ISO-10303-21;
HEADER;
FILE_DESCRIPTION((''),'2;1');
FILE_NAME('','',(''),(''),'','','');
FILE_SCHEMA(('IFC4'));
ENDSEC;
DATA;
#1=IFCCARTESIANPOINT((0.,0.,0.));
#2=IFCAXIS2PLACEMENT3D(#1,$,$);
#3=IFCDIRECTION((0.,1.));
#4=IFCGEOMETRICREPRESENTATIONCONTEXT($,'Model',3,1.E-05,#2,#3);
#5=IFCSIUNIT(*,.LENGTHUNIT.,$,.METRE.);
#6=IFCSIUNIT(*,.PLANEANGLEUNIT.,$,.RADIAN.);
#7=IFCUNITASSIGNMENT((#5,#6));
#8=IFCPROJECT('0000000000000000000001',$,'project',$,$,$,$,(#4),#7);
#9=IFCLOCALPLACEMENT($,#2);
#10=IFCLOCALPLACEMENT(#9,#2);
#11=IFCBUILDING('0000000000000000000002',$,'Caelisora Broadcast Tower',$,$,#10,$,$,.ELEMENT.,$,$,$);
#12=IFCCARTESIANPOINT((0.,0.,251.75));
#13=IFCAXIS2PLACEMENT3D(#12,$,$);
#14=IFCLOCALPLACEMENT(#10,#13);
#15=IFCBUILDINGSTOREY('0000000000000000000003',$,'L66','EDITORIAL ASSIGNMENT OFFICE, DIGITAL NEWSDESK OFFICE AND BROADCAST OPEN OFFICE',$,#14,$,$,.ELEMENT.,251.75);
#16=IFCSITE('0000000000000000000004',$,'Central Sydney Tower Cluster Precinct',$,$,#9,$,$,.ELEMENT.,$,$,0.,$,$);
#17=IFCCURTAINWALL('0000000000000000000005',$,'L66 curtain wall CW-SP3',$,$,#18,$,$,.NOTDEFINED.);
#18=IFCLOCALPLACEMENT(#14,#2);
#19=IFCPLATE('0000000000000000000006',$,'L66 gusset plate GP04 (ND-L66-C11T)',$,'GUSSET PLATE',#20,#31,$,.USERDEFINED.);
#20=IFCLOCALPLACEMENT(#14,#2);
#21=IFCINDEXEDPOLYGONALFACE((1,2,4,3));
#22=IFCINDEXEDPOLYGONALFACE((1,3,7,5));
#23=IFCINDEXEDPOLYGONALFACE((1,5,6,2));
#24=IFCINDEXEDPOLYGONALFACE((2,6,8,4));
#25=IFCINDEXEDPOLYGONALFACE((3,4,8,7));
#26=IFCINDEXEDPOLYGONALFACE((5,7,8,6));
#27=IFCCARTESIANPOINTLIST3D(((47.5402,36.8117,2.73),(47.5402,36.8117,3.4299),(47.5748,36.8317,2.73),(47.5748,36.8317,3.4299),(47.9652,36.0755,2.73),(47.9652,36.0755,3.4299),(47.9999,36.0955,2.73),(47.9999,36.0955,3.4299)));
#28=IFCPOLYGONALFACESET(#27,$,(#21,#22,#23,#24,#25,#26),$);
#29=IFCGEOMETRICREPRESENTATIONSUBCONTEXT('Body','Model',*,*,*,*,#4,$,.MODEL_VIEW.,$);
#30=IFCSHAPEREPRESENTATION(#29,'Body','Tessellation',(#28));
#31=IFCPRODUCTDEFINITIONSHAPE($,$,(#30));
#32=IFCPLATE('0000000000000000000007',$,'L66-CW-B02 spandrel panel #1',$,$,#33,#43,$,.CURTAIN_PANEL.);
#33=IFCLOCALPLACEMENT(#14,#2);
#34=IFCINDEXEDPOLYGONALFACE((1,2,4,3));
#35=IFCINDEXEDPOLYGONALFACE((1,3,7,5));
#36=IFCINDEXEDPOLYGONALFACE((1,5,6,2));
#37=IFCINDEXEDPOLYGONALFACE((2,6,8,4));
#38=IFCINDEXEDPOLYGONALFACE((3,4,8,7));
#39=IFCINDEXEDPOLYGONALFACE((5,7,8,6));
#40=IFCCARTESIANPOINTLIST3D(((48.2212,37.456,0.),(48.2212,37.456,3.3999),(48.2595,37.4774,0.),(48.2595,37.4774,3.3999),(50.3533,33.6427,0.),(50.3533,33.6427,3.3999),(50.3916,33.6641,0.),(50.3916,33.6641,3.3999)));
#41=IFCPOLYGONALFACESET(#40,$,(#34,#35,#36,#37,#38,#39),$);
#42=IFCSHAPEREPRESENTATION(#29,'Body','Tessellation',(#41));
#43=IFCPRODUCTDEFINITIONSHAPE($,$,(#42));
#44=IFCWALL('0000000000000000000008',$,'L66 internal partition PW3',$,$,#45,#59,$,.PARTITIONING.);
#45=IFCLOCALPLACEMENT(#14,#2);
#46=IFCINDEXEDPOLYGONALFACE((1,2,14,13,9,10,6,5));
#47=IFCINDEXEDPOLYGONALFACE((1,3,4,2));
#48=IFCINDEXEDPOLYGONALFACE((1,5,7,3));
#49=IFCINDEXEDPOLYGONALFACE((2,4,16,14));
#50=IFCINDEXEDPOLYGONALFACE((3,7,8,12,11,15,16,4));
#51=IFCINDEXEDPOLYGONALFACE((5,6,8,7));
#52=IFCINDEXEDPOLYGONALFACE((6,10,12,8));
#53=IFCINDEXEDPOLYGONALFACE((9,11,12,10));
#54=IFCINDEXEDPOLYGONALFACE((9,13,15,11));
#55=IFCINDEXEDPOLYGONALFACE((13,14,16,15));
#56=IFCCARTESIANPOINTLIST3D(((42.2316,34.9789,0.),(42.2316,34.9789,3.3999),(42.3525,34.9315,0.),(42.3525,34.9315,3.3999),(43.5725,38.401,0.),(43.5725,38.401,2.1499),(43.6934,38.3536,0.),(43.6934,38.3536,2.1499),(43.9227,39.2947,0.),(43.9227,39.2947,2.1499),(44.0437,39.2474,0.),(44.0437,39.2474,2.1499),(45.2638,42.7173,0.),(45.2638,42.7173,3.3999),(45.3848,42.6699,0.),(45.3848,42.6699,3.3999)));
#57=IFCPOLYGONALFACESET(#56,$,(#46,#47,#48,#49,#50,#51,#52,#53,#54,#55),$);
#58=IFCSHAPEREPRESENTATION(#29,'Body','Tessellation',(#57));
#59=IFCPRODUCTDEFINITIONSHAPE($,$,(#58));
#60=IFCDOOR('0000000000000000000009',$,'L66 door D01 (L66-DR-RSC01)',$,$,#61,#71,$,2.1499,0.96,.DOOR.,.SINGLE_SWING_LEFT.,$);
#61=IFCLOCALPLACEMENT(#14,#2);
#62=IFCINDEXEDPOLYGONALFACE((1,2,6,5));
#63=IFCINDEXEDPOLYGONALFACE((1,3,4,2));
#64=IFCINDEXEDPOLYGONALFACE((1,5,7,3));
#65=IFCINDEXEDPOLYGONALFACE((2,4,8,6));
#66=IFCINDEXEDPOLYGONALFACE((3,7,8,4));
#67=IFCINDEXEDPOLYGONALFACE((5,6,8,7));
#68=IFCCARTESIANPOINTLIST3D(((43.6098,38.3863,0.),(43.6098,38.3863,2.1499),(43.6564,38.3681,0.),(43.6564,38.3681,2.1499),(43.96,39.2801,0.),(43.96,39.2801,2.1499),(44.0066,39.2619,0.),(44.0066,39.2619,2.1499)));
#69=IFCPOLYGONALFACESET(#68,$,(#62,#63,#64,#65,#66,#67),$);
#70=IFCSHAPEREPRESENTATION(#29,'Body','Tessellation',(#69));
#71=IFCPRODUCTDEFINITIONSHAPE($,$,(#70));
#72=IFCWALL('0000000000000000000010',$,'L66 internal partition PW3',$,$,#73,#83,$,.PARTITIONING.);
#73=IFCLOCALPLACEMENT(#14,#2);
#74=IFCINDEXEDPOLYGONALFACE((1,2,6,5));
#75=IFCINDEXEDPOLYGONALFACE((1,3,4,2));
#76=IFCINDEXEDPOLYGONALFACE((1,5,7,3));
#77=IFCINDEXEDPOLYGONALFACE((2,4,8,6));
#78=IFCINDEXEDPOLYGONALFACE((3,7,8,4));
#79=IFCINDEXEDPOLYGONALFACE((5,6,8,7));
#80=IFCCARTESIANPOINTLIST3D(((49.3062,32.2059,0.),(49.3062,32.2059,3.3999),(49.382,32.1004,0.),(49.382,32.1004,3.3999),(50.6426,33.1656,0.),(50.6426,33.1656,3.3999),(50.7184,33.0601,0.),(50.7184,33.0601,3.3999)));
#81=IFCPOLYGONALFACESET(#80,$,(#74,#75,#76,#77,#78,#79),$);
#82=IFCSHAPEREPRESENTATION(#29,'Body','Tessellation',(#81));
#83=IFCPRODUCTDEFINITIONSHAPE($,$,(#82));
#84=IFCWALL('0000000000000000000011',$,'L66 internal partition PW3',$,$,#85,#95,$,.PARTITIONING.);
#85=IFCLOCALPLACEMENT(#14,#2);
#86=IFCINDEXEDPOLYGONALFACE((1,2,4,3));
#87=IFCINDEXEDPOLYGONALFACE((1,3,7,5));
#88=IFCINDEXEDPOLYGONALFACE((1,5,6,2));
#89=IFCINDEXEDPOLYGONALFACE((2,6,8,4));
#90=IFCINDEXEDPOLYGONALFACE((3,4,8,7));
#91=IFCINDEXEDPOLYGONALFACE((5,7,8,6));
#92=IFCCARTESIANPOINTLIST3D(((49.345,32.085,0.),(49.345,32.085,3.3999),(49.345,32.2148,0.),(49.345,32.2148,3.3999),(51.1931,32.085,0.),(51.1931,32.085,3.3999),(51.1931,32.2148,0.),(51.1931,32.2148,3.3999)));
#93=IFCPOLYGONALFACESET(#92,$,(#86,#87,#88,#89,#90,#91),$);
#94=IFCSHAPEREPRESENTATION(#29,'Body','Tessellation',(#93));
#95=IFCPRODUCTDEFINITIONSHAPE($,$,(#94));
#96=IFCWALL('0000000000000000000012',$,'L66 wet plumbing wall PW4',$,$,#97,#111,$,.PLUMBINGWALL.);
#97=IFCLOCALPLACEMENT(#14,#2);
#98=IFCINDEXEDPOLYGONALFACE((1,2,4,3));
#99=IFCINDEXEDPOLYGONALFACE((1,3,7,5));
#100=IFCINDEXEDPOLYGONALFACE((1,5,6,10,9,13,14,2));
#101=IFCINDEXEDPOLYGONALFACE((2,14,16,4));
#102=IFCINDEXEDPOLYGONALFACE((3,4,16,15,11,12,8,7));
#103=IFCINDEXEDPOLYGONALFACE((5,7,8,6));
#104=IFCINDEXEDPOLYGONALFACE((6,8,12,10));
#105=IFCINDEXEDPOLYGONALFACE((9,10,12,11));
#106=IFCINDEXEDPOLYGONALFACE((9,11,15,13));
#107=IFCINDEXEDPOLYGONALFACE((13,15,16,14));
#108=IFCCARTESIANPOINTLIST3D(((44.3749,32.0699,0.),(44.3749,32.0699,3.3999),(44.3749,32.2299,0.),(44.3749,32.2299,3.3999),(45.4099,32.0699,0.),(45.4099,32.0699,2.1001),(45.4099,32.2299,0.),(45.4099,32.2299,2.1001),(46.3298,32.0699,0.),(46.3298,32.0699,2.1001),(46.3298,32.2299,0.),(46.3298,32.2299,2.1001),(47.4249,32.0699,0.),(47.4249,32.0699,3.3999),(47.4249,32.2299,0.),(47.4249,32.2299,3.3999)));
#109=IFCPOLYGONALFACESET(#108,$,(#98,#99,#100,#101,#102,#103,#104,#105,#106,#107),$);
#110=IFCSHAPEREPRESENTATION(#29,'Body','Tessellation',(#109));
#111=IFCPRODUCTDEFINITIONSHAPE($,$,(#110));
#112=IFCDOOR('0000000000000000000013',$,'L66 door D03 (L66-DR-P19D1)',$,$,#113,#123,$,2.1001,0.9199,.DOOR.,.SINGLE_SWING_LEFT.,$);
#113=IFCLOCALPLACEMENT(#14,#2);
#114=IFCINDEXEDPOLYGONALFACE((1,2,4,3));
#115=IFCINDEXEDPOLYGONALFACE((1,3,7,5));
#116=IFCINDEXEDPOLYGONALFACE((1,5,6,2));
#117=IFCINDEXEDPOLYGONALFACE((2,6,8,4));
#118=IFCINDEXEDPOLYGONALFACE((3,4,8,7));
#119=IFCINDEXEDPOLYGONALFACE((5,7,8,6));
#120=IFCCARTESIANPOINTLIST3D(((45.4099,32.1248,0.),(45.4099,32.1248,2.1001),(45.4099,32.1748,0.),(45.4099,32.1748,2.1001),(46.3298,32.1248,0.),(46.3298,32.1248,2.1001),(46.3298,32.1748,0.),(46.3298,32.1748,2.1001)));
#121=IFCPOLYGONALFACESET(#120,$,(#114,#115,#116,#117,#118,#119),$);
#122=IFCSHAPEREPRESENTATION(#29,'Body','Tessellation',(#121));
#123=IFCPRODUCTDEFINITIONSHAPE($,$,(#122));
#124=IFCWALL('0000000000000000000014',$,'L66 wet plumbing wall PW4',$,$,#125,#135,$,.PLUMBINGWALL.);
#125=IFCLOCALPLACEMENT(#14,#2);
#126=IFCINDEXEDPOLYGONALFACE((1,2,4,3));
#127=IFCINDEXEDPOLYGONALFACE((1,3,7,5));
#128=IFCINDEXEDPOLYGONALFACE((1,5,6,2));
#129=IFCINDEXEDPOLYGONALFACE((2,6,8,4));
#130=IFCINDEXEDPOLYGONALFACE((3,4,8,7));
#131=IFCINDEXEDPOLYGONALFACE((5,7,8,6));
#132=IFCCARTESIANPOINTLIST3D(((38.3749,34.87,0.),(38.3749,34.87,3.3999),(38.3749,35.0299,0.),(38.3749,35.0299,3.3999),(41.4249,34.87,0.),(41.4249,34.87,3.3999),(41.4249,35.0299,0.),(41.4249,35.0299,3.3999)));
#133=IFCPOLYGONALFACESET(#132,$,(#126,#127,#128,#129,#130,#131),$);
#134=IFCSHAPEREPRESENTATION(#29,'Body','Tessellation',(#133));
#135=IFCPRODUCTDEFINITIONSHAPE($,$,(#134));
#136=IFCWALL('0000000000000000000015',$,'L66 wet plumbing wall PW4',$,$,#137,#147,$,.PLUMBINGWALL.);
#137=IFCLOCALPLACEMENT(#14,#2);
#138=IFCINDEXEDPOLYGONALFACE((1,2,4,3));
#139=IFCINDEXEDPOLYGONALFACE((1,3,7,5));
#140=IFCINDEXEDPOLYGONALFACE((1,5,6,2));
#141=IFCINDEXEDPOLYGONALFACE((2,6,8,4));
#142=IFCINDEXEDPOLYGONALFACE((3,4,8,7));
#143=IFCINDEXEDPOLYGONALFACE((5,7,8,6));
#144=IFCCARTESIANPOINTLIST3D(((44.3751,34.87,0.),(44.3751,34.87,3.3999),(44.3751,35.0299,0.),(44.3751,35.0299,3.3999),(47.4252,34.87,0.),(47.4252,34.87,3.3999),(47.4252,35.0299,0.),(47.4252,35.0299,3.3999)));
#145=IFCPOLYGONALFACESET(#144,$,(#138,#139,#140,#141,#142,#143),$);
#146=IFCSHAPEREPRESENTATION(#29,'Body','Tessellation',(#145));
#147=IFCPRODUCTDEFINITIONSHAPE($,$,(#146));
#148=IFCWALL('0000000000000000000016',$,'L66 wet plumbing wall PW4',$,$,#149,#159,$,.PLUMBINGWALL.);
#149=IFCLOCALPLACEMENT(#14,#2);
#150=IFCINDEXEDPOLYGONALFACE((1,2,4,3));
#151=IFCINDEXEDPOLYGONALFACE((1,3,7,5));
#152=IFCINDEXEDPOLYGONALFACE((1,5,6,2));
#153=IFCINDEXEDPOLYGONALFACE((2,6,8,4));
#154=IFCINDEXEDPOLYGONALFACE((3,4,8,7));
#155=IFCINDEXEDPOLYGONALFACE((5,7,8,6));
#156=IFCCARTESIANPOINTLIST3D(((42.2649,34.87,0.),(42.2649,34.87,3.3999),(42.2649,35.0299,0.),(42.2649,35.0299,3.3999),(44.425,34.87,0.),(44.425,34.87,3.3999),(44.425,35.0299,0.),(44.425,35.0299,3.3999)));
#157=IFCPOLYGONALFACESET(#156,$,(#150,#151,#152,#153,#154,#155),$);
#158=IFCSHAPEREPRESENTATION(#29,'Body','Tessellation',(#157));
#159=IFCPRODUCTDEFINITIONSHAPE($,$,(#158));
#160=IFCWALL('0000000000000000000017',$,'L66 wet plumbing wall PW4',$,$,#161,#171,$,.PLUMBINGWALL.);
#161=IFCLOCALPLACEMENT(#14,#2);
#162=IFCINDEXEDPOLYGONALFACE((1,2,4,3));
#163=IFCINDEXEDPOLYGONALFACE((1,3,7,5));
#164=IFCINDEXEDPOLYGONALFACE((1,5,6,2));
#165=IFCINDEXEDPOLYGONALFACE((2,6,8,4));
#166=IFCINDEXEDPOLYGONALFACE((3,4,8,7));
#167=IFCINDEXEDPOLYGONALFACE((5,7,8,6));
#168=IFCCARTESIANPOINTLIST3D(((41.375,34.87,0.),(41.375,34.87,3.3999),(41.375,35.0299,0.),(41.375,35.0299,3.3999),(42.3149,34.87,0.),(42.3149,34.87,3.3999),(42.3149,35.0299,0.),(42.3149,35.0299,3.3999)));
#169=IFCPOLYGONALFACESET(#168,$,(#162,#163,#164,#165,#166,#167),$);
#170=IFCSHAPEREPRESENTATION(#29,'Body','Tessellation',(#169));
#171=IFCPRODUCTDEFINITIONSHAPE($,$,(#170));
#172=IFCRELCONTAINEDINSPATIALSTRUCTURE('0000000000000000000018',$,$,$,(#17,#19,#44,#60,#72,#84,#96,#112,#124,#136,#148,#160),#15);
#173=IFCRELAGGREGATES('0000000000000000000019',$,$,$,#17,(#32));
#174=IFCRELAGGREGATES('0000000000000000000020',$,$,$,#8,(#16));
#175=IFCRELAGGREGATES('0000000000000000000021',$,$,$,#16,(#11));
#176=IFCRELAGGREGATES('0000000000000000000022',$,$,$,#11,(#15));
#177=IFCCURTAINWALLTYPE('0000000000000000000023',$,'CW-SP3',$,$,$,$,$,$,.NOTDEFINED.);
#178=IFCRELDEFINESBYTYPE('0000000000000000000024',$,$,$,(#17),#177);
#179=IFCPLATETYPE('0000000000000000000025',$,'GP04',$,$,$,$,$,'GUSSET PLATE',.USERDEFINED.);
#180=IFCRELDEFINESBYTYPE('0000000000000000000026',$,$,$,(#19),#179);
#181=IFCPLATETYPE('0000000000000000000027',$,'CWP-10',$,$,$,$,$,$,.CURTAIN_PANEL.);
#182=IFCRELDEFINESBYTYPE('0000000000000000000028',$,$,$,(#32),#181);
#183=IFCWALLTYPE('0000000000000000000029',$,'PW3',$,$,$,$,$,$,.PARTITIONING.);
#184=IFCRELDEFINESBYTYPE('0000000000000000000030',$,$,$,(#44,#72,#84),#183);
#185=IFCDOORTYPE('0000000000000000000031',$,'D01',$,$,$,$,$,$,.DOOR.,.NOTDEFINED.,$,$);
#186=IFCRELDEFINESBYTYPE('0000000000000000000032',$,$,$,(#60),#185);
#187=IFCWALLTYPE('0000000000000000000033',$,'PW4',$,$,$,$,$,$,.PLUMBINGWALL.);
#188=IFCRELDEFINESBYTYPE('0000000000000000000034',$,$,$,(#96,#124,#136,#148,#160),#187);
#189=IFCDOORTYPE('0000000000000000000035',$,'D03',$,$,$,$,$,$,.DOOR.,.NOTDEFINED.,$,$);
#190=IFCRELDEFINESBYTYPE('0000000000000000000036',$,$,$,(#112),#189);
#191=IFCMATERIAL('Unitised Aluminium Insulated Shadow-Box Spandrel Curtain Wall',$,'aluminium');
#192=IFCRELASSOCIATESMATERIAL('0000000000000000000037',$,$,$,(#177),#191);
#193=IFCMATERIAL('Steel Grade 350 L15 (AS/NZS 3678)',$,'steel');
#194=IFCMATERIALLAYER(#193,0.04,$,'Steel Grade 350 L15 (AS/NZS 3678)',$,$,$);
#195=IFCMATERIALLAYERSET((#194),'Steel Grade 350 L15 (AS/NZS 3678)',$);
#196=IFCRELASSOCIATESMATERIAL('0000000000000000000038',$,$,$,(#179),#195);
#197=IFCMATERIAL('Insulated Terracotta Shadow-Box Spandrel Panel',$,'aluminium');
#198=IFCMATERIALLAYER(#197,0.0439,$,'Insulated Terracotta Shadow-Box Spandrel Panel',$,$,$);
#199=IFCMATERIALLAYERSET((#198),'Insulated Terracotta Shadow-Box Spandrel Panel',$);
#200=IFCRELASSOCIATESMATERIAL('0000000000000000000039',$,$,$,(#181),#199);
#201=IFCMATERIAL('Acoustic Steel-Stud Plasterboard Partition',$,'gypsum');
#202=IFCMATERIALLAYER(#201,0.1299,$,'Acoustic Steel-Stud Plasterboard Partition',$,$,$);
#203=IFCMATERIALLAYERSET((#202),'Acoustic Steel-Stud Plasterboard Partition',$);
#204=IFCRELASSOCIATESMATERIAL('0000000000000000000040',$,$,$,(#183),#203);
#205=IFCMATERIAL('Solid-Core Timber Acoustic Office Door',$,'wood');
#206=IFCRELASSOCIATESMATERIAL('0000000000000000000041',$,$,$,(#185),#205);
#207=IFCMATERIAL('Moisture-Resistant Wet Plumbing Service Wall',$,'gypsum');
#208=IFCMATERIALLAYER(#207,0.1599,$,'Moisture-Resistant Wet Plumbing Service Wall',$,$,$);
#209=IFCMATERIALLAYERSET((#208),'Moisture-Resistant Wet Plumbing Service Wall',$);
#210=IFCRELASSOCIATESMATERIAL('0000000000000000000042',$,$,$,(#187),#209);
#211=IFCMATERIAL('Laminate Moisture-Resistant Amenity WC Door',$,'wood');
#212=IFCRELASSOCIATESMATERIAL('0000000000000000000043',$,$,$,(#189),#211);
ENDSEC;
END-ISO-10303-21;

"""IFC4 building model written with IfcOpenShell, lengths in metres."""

from ifc_helpers import new_model, si_unit, direction, frame, frame_2d, origin, origin_2d, place, context, subcontext, project, spatial, rectangle, extrude, source, transform, mapped, material, layer, layer_set, type_object, type_shapes, element, fill, aggregate, save


model = new_model("IFC4")

# Units and contexts
model_context = context("Model", 3, precision=1e-05, world=origin(), true_north=direction((0.0, 1.0)))
body_context = subcontext(model_context, "Body", "Model", "MODEL_VIEW")
ifc_project = project(units=[si_unit("LENGTHUNIT", "METRE"), si_unit("PLANEANGLEUNIT", "RADIAN")], contexts=[model_context])

# Site, building, storey
site_placement = place(None, origin())
site = spatial("IfcSite", under=ifc_project, at=site_placement, Name="Central Sydney Tower Cluster Precinct", CompositionType="ELEMENT", RefElevation=0.0)
building_placement = place(site_placement, origin())
building = spatial("IfcBuilding", under=site, at=building_placement, Name="Caelisora Broadcast Tower", CompositionType="ELEMENT")
storey_placement = place(building_placement, frame((0.0, 0.0, 251.75)))
storey = spatial("IfcBuildingStorey", under=building, at=storey_placement, Name="L66", Description="EDITORIAL ASSIGNMENT OFFICE, DIGITAL NEWSDESK OFFICE AND BROADCAST OPEN OFFICE", CompositionType="ELEMENT", Elevation=251.75)

# Shared definitions
ifc_material_1 = material(Name="Steel Grade 350 L15 (AS/NZS 3678)", Category="steel")

# Curtain wall
ifc_material_2 = material(Name="Unitised Aluminium Insulated Shadow-Box Spandrel Curtain Wall", Category="aluminium")
curtain_wall_type = type_object("IfcCurtainWallType", Name="CW-SP3", PredefinedType="NOTDEFINED", material=ifc_material_2)
curtain_wall_placement = place(storey_placement, origin())
curtain_wall = element("IfcCurtainWall", 1, at=curtain_wall_placement, inside=storey, type_object=curtain_wall_type, Name="L66 curtain wall CW-SP3", PredefinedType="NOTDEFINED")

# Plates
ifc_layer_1 = layer(ifc_material_1, 0.04, Name="Steel Grade 350 L15 (AS/NZS 3678)")
ifc_layer_set_1 = layer_set([ifc_layer_1], Name="Steel Grade 350 L15 (AS/NZS 3678)")
plate_type_1 = type_object("IfcPlateType", Name="GP04", ElementType="GUSSET PLATE", PredefinedType="USERDEFINED", material=ifc_layer_set_1)
shared_shape_1 = source(origin(), body_context, "Body", "SweptSolid", [
    extrude(rectangle(XDim=0.8501, YDim=0.04, at=origin_2d()), origin(), (0.0, 0.0, 1.0), 0.7),
])
type_shapes(plate_type_1, [shared_shape_1])
plate_1_placement = place(storey_placement, frame((47.77, 36.4536, 2.73), z_axis=(0.0, 0.0, 1.0), x_axis=(-0.5, 0.866025, 0.0)))
element("IfcPlate", 2, at=plate_1_placement, inside=storey, type_object=plate_type_1, Name="L66 gusset plate GP04 (ND-L66-C11T)", ObjectType="GUSSET PLATE", PredefinedType="USERDEFINED", context=body_context, shape_type="MappedRepresentation", body=[
    mapped(shared_shape_1, transform((0.0, 0.0, 0.0), scale=1.0)),
])
ifc_material_3 = material(Name="Insulated Terracotta Shadow-Box Spandrel Panel", Category="aluminium")
ifc_layer_2 = layer(ifc_material_3, 0.0439, Name="Insulated Terracotta Shadow-Box Spandrel Panel")
ifc_layer_set_2 = layer_set([ifc_layer_2], Name="Insulated Terracotta Shadow-Box Spandrel Panel")
plate_type_2 = type_object("IfcPlateType", Name="CWP-10", PredefinedType="CURTAIN_PANEL", material=ifc_layer_set_2)
shared_shape_2 = source(origin(), body_context, "Body", "SweptSolid", [
    extrude(rectangle(XDim=4.3689, YDim=0.0439, at=origin_2d()), origin(), (0.0, 0.0, 1.0), 3.3999),
])
type_shapes(plate_type_2, [shared_shape_2])
plate_2_placement = place(storey_placement, frame((49.3064, 35.5601, 0.0), z_axis=(0.0, 0.0, 1.0), x_axis=(0.488012, -0.872837, 0.0)))
plate_2 = element("IfcPlate", 3, at=plate_2_placement, type_object=plate_type_2, Name="L66-CW-B02 spandrel panel #1", PredefinedType="CURTAIN_PANEL", context=body_context, shape_type="MappedRepresentation", body=[
    mapped(shared_shape_2, transform((0.0, 0.0, 0.0), scale=1.0)),
])
aggregate(curtain_wall, [plate_2])

# Wall, opening, door
ifc_material_4 = material(Name="Acoustic Steel-Stud Plasterboard Partition", Category="gypsum")
ifc_layer_3 = layer(ifc_material_4, 0.1299, Name="Acoustic Steel-Stud Plasterboard Partition")
ifc_layer_set_3 = layer_set([ifc_layer_3], Name="Acoustic Steel-Stud Plasterboard Partition")
wall_type_1 = type_object("IfcWallType", Name="PW3", PredefinedType="PARTITIONING", material=ifc_layer_set_3)
wall_1_placement = place(storey_placement, frame((42.292, 34.9551, 0.0), z_axis=(0.0, 0.0, 1.0), x_axis=(0.364838, 0.931071, 0.0)))
wall_1 = element("IfcWall", 4, at=wall_1_placement, inside=storey, type_object=wall_type_1, Name="L66 internal partition PW3", PredefinedType="PARTITIONING", context=body_context, shape_type="SweptSolid", body=[
    extrude(rectangle(XDim=8.3113, YDim=0.1299, at=frame_2d((4.1558, 0.0))), origin(), (0.0, 0.0, 1.0), 3.3999),
])
opening_1_placement = place(wall_1_placement, frame((3.6755, 0.0, 0.0)))
opening_1 = element("IfcOpeningElement", 5, at=opening_1_placement, cuts=wall_1, PredefinedType="OPENING", context=body_context, shape_type="SweptSolid", body=[
    extrude(rectangle(XDim=0.96, YDim=2.1499, at=frame_2d((0.48, 1.075))), frame((0.0, 0.0769, 0.0), z_axis=(0.0, -1.0, 0.0), x_axis=(1.0, 0.0, 0.0)), (0.0, 0.0, 1.0), 0.1538),
])
ifc_material_5 = material(Name="Solid-Core Timber Acoustic Office Door", Category="wood")
door_type_1 = type_object("IfcDoorType", Name="D01", OperationType="NOTDEFINED", PredefinedType="DOOR", material=ifc_material_5)
door_1_placement = place(opening_1_placement, origin())
door_1 = element("IfcDoor", 6, at=door_1_placement, inside=storey, type_object=door_type_1, Name="L66 door D01 (L66-DR-RSC01)", OperationType="SINGLE_SWING_LEFT", OverallHeight=2.1499, OverallWidth=0.96, PredefinedType="DOOR", context=body_context, shape_type="SweptSolid", body=[
    extrude(rectangle(XDim=0.96, YDim=2.1499, at=frame_2d((0.48, 1.075))), frame((0.0, 0.0249, 0.0), z_axis=(0.0, -1.0, 0.0), x_axis=(1.0, 0.0, 0.0)), (0.0, 0.0, 1.0), 0.05),
])
fill(opening_1, door_1)

# Walls
wall_2_placement = place(storey_placement, frame((49.344, 32.1531, 0.0), z_axis=(0.0, 0.0, 1.0), x_axis=(0.812257, 0.5833, 0.0)))
element("IfcWall", 7, at=wall_2_placement, inside=storey, type_object=wall_type_1, Name="L66 internal partition PW3", PredefinedType="PARTITIONING", context=body_context, shape_type="SweptSolid", body=[
    extrude(rectangle(XDim=1.6453, YDim=0.1299, at=frame_2d((0.8228, 0.0))), origin(), (0.0, 0.0, 1.0), 3.3999),
])
wall_3_placement = place(storey_placement, frame((51.1931, 32.1499, 0.0), z_axis=(0.0, 0.0, 1.0), x_axis=(-1.0, 0.0, 0.0)))
element("IfcWall", 8, at=wall_3_placement, inside=storey, type_object=wall_type_1, Name="L66 internal partition PW3", PredefinedType="PARTITIONING", context=body_context, shape_type="SweptSolid", body=[
    extrude(rectangle(XDim=1.8481, YDim=0.1299, at=frame_2d((0.9241, 0.0))), origin(), (0.0, 0.0, 1.0), 3.3999),
])

# Wall, opening, door
ifc_material_6 = material(Name="Moisture-Resistant Wet Plumbing Service Wall", Category="gypsum")
ifc_layer_4 = layer(ifc_material_6, 0.1599, Name="Moisture-Resistant Wet Plumbing Service Wall")
ifc_layer_set_4 = layer_set([ifc_layer_4], Name="Moisture-Resistant Wet Plumbing Service Wall")
wall_type_2 = type_object("IfcWallType", Name="PW4", PredefinedType="PLUMBINGWALL", material=ifc_layer_set_4)
wall_4_placement = place(storey_placement, frame((44.375, 32.1499, 0.0), z_axis=(0.0, 0.0, 1.0), x_axis=(1.0, 0.0, 0.0)))
wall_4 = element("IfcWall", 9, at=wall_4_placement, inside=storey, type_object=wall_type_2, Name="L66 wet plumbing wall PW4", PredefinedType="PLUMBINGWALL", context=body_context, shape_type="SweptSolid", body=[
    extrude(rectangle(XDim=3.05, YDim=0.1599, at=frame_2d((1.5249, 0.0))), origin(), (0.0, 0.0, 1.0), 3.3999),
])
opening_2_placement = place(wall_4_placement, frame((1.0349, 0.0, 0.0)))
opening_2 = element("IfcOpeningElement", 10, at=opening_2_placement, cuts=wall_4, PredefinedType="OPENING", context=body_context, shape_type="SweptSolid", body=[
    extrude(rectangle(XDim=0.9199, YDim=2.1001, at=frame_2d((0.46, 1.05))), frame((0.0, 0.092, 0.0), z_axis=(0.0, -1.0, 0.0), x_axis=(1.0, 0.0, 0.0)), (0.0, 0.0, 1.0), 0.1838),
])
ifc_material_7 = material(Name="Laminate Moisture-Resistant Amenity WC Door", Category="wood")
door_type_2 = type_object("IfcDoorType", Name="D03", OperationType="NOTDEFINED", PredefinedType="DOOR", material=ifc_material_7)
door_2_placement = place(opening_2_placement, origin())
door_2 = element("IfcDoor", 11, at=door_2_placement, inside=storey, type_object=door_type_2, Name="L66 door D03 (L66-DR-P19D1)", OperationType="SINGLE_SWING_LEFT", OverallHeight=2.1001, OverallWidth=0.9199, PredefinedType="DOOR", context=body_context, shape_type="SweptSolid", body=[
    extrude(rectangle(XDim=0.9199, YDim=2.1001, at=frame_2d((0.46, 1.05))), frame((0.0, 0.0249, 0.0), z_axis=(0.0, -1.0, 0.0), x_axis=(1.0, 0.0, 0.0)), (0.0, 0.0, 1.0), 0.05),
])
fill(opening_2, door_2)

# Walls
for number, where, z_axis, x_axis, name in (
    (12, (38.375, 34.95, 0.0), (0.0, 0.0, 1.0), (1.0, 0.0, 0.0), "L66 wet plumbing wall PW4"),
    (13, (47.425, 34.95, 0.0), (0.0, 0.0, 1.0), (-1.0, 0.0, 0.0), "L66 wet plumbing wall PW4"),
):
    element("IfcWall", number, at=place(storey_placement, frame(where, z_axis=z_axis, x_axis=x_axis)), inside=storey, type_object=wall_type_2, Name=name, PredefinedType="PLUMBINGWALL", context=body_context, shape_type="SweptSolid", body=[
        extrude(rectangle(XDim=3.05, YDim=0.1599, at=frame_2d((1.5249, 0.0))), origin(), (0.0, 0.0, 1.0), 3.3999),
    ])
wall_5_placement = place(storey_placement, frame((42.2649, 34.95, 0.0), z_axis=(0.0, 0.0, 1.0), x_axis=(1.0, 0.0, 0.0)))
element("IfcWall", 14, at=wall_5_placement, inside=storey, type_object=wall_type_2, Name="L66 wet plumbing wall PW4", PredefinedType="PLUMBINGWALL", context=body_context, shape_type="SweptSolid", body=[
    extrude(rectangle(XDim=2.1602, YDim=0.1599, at=frame_2d((1.0801, 0.0))), origin(), (0.0, 0.0, 1.0), 3.3999),
])
wall_6_placement = place(storey_placement, frame((41.375, 34.95, 0.0), z_axis=(0.0, 0.0, 1.0), x_axis=(1.0, 0.0, 0.0)))
element("IfcWall", 15, at=wall_6_placement, inside=storey, type_object=wall_type_2, Name="L66 wet plumbing wall PW4", PredefinedType="PLUMBINGWALL", context=body_context, shape_type="SweptSolid", body=[
    extrude(rectangle(XDim=0.9399, YDim=0.1599, at=frame_2d((0.47, 0.0))), origin(), (0.0, 0.0, 1.0), 3.3999),
])

save(model, "model.ifc")
